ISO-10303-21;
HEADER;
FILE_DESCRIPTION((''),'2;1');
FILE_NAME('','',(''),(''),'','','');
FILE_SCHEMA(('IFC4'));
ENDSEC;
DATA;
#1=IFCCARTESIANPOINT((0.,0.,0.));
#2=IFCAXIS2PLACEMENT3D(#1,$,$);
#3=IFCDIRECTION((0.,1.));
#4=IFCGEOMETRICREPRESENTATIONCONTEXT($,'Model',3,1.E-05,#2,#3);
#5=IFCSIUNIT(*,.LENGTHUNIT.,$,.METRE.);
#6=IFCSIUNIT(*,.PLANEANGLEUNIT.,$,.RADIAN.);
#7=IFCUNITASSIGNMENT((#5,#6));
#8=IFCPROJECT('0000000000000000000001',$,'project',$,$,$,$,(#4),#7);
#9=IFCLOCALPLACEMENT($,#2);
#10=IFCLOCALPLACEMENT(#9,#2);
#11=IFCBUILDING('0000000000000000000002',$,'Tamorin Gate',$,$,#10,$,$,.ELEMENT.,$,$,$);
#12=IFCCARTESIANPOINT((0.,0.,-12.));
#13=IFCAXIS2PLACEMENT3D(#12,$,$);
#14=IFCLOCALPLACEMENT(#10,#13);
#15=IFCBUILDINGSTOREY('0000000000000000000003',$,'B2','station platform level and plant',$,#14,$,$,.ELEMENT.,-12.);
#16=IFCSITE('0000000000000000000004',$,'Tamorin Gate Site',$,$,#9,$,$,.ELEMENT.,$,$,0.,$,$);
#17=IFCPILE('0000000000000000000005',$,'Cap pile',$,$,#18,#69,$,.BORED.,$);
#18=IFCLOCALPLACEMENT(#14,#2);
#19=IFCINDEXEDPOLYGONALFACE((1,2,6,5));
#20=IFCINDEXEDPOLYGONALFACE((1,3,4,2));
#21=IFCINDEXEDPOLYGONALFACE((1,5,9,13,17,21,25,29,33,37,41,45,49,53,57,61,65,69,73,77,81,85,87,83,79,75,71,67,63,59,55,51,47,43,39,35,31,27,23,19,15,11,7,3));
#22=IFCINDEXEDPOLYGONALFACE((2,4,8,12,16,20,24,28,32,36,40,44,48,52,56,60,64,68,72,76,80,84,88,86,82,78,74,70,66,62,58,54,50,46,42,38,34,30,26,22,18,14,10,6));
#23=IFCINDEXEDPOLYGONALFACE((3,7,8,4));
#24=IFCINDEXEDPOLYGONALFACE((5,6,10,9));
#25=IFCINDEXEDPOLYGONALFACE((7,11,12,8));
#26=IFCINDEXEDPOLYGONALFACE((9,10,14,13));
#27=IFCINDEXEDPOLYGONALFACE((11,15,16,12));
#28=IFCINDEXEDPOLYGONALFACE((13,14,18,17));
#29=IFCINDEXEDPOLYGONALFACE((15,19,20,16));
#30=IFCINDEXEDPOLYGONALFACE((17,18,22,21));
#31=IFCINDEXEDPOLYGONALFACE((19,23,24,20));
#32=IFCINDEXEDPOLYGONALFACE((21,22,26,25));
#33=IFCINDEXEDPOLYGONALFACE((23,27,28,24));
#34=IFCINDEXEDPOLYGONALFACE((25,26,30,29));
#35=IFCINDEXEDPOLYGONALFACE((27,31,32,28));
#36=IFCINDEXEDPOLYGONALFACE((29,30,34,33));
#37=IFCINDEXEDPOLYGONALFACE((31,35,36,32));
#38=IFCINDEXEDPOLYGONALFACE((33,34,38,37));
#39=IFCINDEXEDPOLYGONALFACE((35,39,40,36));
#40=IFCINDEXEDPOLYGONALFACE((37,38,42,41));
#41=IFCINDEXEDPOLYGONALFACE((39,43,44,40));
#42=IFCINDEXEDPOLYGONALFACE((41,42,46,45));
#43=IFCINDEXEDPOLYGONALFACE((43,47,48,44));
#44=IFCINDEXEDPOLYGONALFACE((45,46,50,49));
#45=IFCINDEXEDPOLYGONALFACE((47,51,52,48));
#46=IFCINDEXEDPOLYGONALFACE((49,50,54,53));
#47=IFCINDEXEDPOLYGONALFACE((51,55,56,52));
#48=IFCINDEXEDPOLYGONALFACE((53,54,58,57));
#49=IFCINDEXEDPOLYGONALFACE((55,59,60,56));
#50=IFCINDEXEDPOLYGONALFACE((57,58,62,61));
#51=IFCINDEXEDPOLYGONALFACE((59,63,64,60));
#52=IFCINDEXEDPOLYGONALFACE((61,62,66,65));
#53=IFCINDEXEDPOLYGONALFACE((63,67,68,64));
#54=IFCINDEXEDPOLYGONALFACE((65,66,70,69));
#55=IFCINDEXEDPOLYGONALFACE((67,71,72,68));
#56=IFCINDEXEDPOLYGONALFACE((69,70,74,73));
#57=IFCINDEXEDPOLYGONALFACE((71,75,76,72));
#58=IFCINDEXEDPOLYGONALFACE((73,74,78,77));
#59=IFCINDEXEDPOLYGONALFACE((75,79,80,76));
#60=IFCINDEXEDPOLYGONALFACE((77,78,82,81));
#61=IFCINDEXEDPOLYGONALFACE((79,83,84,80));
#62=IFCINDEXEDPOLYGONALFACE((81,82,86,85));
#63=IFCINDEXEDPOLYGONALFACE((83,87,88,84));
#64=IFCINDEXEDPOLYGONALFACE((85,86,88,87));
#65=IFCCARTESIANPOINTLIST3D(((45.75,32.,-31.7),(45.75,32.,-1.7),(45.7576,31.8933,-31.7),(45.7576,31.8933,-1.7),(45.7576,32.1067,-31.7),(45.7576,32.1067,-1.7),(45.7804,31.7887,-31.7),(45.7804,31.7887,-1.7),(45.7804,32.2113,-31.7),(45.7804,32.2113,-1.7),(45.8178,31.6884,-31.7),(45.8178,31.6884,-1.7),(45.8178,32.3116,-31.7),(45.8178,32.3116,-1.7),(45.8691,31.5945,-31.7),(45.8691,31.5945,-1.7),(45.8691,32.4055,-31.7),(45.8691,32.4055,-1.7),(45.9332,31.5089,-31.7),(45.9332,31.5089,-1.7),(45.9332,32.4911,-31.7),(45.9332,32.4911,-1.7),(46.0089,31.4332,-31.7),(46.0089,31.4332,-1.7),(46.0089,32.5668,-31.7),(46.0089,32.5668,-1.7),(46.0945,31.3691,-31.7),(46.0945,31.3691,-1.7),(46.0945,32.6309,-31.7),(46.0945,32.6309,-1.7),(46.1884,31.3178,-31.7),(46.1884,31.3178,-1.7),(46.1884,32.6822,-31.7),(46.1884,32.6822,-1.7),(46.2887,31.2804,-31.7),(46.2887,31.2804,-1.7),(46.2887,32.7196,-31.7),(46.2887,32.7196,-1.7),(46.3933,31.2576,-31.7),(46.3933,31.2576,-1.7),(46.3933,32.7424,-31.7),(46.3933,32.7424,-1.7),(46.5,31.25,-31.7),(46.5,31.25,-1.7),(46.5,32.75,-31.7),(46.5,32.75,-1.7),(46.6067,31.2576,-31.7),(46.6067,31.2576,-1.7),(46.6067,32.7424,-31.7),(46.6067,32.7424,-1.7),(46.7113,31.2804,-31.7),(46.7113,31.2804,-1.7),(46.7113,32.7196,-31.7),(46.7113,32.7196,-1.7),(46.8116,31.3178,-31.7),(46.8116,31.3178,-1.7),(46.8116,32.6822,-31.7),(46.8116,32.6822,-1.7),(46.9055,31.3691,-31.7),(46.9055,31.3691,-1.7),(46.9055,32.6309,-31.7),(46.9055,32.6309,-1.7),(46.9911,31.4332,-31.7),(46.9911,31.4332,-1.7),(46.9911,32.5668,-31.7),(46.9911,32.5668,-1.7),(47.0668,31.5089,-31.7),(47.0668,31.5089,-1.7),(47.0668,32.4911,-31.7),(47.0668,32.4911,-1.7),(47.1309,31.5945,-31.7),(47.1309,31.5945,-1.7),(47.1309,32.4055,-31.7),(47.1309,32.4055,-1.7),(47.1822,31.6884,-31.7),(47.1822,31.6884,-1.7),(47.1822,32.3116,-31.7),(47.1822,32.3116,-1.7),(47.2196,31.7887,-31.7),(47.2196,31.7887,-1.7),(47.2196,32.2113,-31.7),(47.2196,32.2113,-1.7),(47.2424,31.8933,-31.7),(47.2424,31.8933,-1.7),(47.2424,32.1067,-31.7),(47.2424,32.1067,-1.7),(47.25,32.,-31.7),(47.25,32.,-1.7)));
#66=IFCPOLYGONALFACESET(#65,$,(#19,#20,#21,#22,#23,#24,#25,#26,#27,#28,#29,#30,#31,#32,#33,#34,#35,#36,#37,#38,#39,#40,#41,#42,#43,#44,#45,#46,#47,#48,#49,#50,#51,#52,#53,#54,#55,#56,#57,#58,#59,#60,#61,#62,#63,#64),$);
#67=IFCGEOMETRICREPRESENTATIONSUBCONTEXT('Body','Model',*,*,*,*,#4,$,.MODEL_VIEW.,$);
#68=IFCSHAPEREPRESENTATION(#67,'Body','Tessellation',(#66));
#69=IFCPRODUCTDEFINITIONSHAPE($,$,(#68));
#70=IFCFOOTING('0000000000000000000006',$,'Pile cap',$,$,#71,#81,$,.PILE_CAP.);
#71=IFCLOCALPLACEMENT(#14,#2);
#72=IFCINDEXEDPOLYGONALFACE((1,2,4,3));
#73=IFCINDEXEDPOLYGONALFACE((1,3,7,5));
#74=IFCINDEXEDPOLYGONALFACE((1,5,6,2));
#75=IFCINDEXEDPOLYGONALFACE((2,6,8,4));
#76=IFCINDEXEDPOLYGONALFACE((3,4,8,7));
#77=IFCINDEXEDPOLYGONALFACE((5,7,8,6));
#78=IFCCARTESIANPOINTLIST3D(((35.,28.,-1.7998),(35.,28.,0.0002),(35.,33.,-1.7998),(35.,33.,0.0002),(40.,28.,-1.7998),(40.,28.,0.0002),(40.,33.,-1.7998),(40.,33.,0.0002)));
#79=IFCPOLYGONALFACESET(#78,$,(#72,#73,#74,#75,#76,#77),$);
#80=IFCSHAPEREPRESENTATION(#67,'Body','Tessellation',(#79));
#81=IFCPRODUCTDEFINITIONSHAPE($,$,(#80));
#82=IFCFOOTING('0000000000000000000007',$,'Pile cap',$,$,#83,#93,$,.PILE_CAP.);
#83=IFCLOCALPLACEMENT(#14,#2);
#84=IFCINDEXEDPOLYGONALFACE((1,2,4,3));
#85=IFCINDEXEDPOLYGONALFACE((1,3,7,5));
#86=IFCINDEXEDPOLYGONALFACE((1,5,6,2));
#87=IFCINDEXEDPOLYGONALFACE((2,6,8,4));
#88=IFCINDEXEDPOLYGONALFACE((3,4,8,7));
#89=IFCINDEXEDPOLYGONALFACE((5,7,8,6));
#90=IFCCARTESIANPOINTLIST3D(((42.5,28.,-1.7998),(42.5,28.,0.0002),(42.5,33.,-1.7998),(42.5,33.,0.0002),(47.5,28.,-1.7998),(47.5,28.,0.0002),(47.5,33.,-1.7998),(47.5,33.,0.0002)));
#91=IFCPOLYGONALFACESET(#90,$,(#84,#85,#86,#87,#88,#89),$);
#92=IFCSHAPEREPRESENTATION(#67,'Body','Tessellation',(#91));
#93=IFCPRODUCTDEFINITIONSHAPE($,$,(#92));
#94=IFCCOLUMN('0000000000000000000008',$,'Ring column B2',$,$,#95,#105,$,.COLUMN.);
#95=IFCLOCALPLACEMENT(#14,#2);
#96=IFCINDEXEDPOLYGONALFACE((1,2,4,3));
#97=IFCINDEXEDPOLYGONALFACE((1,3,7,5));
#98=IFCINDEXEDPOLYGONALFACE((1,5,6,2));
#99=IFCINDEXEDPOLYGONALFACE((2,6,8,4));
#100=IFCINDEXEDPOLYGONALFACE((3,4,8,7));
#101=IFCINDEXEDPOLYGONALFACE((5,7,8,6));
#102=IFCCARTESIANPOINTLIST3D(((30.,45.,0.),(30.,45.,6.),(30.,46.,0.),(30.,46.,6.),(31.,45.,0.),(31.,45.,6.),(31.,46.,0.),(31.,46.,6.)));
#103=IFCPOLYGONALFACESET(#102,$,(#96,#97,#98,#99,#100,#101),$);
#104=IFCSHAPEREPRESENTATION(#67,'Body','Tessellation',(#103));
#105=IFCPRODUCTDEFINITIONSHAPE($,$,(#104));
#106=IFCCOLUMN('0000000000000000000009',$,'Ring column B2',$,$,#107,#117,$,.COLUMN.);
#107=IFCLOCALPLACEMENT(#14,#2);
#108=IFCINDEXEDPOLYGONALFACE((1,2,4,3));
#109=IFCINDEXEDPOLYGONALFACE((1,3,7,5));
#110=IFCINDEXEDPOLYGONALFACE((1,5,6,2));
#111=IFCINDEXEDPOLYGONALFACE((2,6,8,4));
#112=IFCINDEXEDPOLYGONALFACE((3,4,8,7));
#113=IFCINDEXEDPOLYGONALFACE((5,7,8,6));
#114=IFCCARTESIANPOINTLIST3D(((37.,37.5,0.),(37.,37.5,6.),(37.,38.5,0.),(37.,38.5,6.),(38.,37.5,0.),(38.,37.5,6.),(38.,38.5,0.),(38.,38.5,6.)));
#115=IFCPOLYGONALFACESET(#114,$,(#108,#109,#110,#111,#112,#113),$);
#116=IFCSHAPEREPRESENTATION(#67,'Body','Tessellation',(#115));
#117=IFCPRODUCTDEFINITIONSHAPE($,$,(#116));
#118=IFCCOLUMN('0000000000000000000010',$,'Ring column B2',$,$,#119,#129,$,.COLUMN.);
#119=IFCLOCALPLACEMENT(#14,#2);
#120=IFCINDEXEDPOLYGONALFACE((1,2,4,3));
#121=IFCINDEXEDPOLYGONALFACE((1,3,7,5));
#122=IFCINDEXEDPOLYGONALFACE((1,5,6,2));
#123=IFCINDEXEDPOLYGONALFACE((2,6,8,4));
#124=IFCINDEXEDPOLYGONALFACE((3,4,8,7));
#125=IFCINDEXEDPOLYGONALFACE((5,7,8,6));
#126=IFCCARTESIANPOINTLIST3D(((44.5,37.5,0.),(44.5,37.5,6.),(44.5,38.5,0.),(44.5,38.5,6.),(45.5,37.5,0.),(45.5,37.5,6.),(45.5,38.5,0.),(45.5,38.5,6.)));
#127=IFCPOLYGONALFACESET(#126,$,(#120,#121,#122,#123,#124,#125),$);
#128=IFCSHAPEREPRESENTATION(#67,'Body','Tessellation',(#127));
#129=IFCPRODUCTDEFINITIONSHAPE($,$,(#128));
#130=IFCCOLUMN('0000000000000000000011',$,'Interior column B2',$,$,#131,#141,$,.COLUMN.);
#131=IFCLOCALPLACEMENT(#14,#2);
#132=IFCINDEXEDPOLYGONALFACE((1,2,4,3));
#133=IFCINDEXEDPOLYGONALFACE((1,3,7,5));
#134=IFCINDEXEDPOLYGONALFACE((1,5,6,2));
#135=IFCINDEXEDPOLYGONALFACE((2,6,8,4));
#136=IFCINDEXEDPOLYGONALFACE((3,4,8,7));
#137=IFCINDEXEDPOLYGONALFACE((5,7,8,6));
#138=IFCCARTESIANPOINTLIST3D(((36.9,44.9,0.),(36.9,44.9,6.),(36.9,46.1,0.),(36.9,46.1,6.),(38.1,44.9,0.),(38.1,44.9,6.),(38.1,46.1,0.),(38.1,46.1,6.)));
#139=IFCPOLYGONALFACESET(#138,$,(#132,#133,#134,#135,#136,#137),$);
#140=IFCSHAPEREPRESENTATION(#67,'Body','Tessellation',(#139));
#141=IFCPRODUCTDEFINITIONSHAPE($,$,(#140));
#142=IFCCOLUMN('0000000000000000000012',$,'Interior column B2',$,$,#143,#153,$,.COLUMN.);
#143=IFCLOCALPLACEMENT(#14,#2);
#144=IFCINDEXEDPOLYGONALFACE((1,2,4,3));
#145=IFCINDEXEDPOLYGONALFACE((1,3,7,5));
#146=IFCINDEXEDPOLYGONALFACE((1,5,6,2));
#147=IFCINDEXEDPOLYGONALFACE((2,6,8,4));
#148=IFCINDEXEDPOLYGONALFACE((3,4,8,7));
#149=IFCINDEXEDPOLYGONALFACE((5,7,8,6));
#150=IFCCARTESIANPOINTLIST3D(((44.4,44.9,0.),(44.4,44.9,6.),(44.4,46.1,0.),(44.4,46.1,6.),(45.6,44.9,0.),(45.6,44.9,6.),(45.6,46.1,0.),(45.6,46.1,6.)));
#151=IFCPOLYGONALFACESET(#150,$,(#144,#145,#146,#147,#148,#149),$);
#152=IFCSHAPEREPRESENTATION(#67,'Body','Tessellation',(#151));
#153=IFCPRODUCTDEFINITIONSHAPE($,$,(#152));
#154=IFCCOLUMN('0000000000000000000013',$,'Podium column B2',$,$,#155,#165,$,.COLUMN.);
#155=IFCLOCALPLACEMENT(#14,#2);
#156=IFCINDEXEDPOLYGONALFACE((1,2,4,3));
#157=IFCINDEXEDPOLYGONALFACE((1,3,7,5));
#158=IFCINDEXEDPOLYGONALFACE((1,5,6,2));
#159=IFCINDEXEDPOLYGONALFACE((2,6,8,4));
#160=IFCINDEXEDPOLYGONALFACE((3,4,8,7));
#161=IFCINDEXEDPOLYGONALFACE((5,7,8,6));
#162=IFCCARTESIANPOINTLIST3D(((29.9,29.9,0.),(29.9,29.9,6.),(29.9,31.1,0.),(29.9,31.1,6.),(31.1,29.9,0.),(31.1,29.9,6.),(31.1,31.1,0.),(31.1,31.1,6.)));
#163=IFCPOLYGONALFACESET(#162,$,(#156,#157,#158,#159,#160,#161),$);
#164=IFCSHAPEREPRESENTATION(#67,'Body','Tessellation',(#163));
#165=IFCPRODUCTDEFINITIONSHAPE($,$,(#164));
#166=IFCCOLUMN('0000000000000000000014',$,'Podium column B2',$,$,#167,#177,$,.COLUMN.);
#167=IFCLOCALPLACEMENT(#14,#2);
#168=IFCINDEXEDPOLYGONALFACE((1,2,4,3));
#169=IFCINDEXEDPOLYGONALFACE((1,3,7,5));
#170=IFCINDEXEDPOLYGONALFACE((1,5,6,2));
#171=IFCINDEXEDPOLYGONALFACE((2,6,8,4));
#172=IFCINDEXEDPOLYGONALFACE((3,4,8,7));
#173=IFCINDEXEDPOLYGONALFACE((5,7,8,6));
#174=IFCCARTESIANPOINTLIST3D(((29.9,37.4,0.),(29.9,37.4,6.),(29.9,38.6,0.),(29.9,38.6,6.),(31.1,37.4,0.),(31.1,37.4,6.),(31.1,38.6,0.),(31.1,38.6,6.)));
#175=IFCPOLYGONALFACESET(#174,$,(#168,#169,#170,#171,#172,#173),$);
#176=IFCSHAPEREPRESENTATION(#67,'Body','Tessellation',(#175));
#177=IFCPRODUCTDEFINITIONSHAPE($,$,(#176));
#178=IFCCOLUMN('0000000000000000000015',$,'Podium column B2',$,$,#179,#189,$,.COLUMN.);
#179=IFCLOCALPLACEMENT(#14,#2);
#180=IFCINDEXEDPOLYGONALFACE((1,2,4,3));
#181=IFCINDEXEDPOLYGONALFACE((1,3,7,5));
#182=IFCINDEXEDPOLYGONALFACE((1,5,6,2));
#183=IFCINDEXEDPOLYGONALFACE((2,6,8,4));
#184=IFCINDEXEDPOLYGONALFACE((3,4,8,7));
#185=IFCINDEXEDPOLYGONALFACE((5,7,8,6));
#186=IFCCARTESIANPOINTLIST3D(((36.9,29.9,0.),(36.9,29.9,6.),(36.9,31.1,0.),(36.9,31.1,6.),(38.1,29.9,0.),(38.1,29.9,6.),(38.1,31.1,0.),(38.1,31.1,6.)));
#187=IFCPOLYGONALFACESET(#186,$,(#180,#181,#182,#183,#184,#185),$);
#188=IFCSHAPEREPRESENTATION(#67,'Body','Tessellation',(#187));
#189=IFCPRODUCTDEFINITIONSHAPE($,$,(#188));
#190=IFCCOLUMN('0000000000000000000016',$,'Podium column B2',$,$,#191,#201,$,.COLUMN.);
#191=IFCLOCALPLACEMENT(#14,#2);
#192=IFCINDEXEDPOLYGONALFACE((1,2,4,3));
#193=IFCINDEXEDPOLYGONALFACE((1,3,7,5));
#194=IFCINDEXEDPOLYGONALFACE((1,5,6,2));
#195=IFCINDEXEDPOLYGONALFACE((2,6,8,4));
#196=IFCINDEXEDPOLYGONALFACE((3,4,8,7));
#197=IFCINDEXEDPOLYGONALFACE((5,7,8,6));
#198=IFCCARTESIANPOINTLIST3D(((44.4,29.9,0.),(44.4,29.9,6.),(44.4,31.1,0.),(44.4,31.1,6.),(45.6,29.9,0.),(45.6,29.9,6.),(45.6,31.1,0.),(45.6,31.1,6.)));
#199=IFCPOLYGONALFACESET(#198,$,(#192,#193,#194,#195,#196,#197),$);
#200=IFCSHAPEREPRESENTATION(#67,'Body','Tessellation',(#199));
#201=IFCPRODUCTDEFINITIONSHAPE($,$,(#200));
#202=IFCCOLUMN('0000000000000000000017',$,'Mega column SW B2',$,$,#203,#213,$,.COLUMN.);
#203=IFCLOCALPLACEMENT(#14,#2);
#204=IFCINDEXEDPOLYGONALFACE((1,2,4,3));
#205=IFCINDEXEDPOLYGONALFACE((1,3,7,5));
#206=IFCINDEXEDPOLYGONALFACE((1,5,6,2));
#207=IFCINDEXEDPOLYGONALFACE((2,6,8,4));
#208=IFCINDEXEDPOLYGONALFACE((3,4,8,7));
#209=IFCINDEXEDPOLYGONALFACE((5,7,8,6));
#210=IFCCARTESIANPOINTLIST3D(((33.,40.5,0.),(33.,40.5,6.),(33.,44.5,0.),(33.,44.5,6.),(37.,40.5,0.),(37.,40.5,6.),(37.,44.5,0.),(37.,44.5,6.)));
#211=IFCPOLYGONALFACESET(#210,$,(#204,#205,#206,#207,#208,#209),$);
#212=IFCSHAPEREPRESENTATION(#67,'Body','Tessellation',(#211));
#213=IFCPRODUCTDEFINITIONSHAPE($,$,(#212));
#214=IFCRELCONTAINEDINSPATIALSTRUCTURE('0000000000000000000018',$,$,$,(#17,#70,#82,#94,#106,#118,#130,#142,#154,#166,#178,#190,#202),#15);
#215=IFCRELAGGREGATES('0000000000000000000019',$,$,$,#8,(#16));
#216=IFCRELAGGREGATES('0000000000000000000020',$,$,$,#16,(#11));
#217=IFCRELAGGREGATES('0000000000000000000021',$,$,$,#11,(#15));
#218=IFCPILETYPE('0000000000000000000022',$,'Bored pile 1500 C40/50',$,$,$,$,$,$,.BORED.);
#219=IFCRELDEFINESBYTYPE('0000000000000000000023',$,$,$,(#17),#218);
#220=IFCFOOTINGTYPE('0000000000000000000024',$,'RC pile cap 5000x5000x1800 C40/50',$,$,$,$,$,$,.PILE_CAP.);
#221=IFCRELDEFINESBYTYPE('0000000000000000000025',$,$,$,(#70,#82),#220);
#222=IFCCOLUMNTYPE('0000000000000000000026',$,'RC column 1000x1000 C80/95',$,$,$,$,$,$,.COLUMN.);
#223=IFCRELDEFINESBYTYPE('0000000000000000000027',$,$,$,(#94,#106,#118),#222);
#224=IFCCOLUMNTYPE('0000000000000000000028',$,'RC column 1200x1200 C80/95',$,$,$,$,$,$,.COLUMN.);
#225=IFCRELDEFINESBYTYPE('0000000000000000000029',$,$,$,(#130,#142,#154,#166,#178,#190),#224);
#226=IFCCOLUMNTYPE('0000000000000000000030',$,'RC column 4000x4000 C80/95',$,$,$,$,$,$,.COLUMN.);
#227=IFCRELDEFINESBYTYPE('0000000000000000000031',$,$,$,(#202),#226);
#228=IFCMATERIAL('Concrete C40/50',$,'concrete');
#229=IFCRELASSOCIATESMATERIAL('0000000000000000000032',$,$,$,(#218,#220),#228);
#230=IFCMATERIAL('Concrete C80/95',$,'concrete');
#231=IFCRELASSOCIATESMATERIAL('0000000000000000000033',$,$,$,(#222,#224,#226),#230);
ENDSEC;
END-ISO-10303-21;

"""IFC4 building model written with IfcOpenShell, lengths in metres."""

from ifc_helpers import new_model, si_unit, direction, frame, origin, origin_2d, place, context, subcontext, project, spatial, rectangle, circle, extrude, material, material_profile, profile_set, type_object, element, save


model = new_model("IFC4")

# Units and contexts
model_context = context("Model", 3, precision=1e-05, world=origin(), true_north=direction((0.0, 1.0)))
body_context = subcontext(model_context, "Body", "Model", "MODEL_VIEW")
ifc_project = project(units=[si_unit("LENGTHUNIT", "METRE"), si_unit("PLANEANGLEUNIT", "RADIAN")], contexts=[model_context])

# Site, building, storey
site_placement = place(None, origin())
site = spatial("IfcSite", under=ifc_project, at=site_placement, Name="Tamorin Gate Site", CompositionType="ELEMENT", RefElevation=0.0)
building_placement = place(site_placement, origin())
building = spatial("IfcBuilding", under=site, at=building_placement, Name="Tamorin Gate", CompositionType="ELEMENT")
storey_placement = place(building_placement, frame((0.0, 0.0, -12.0)))
storey = spatial("IfcBuildingStorey", under=building, at=storey_placement, Name="B2", Description="station platform level and plant", CompositionType="ELEMENT", Elevation=-12.0)

# Pile
ifc_material_1 = material(Name="Concrete C40/50", Category="concrete")
ifc_material_profile_1 = material_profile(ifc_material_1, circle(Radius=0.75, at=origin_2d()))
ifc_profile_set_1 = profile_set([ifc_material_profile_1], Name="Concrete C40/50")
pile_type = type_object("IfcPileType", Name="Bored pile 1500 C40/50", PredefinedType="BORED", material=ifc_profile_set_1)
for number, where, z_axis, x_axis, name in (
    (1, (46.5, 32.0, -1.7), (0.0, 0.0, -1.0), (1.0, 0.0, 0.0), "Cap pile"),
):
    element("IfcPile", number, at=place(storey_placement, frame(where, z_axis=z_axis, x_axis=x_axis)), inside=storey, type_object=pile_type, Name=name, PredefinedType="BORED", context=body_context, shape_type="SweptSolid", body=[
        extrude(circle(Radius=0.75, at=origin_2d()), origin(), (0.0, 0.0, 1.0), 30.0),
    ])

# Footings
footing_type = type_object("IfcFootingType", Name="RC pile cap 5000x5000x1800 C40/50", PredefinedType="PILE_CAP", material=ifc_material_1)
for number, where, z_axis, x_axis, name in (
    (2, (37.5, 30.5, -1.7998), (0.0, 0.0, 1.0), (1.0, 0.0, 0.0), "Pile cap"),
    (3, (45.0, 30.5, -1.7998), (0.0, 0.0, 1.0), (1.0, 0.0, 0.0), "Pile cap"),
):
    element("IfcFooting", number, at=place(storey_placement, frame(where, z_axis=z_axis, x_axis=x_axis)), inside=storey, type_object=footing_type, Name=name, PredefinedType="PILE_CAP", context=body_context, shape_type="SweptSolid", body=[
        extrude(rectangle(XDim=5.0, YDim=5.0, at=origin_2d()), origin(), (0.0, 0.0, 1.0), 1.8),
    ])

# Columns
ifc_material_2 = material(Name="Concrete C80/95", Category="concrete")
ifc_material_profile_2 = material_profile(ifc_material_2, rectangle(XDim=1.0, YDim=1.0, at=origin_2d()), Name="RC 1000x1000")
ifc_profile_set_2 = profile_set([ifc_material_profile_2], Name="Concrete C80/95")
column_type_1 = type_object("IfcColumnType", Name="RC column 1000x1000 C80/95", PredefinedType="COLUMN", material=ifc_profile_set_2)
for number, where, z_axis, x_axis, name in (
    (4, (30.5, 45.5, 0.0), (0.0, 0.0, 1.0), (1.0, 0.0, 0.0), "Ring column B2"),
    (5, (37.5, 38.0, 0.0), (0.0, 0.0, 1.0), (1.0, 0.0, 0.0), "Ring column B2"),
    (6, (45.0, 38.0, 0.0), (0.0, 0.0, 1.0), (1.0, 0.0, 0.0), "Ring column B2"),
):
    element("IfcColumn", number, at=place(storey_placement, frame(where, z_axis=z_axis, x_axis=x_axis)), inside=storey, type_object=column_type_1, Name=name, PredefinedType="COLUMN", context=body_context, shape_type="SweptSolid", body=[
        extrude(rectangle(XDim=1.0, YDim=1.0, at=origin_2d()), origin(), (0.0, 0.0, 1.0), 6.0),
    ])
ifc_material_profile_3 = material_profile(ifc_material_2, rectangle(XDim=1.2, YDim=1.2, at=origin_2d()), Name="RC 1200x1200")
ifc_profile_set_3 = profile_set([ifc_material_profile_3], Name="Concrete C80/95")
column_type_2 = type_object("IfcColumnType", Name="RC column 1200x1200 C80/95", PredefinedType="COLUMN", material=ifc_profile_set_3)
for number, where, z_axis, x_axis, name in (
    (7, (37.5, 45.5, 0.0), (0.0, 0.0, 1.0), (1.0, 0.0, 0.0), "Interior column B2"),
    (8, (45.0, 45.5, 0.0), (0.0, 0.0, 1.0), (1.0, 0.0, 0.0), "Interior column B2"),
    (9, (30.5, 30.5, 0.0), (0.0, 0.0, 1.0), (1.0, 0.0, 0.0), "Podium column B2"),
    (10, (30.5, 38.0, 0.0), (0.0, 0.0, 1.0), (1.0, 0.0, 0.0), "Podium column B2"),
    (11, (37.5, 30.5, 0.0), (0.0, 0.0, 1.0), (1.0, 0.0, 0.0), "Podium column B2"),
    (12, (45.0, 30.5, 0.0), (0.0, 0.0, 1.0), (1.0, 0.0, 0.0), "Podium column B2"),
):
    element("IfcColumn", number, at=place(storey_placement, frame(where, z_axis=z_axis, x_axis=x_axis)), inside=storey, type_object=column_type_2, Name=name, PredefinedType="COLUMN", context=body_context, shape_type="SweptSolid", body=[
        extrude(rectangle(XDim=1.2, YDim=1.2, at=origin_2d()), origin(), (0.0, 0.0, 1.0), 6.0),
    ])
ifc_material_profile_4 = material_profile(ifc_material_2, rectangle(XDim=4.0, YDim=4.0, at=origin_2d()), Name="RC 4000x4000")
ifc_profile_set_4 = profile_set([ifc_material_profile_4], Name="Concrete C80/95")
column_type_3 = type_object("IfcColumnType", Name="RC column 4000x4000 C80/95", PredefinedType="COLUMN", material=ifc_profile_set_4)
column_placement = place(storey_placement, frame((35.0, 42.5, 0.0), z_axis=(0.0, 0.0, 1.0), x_axis=(1.0, 0.0, 0.0)))
element("IfcColumn", 13, at=column_placement, inside=storey, type_object=column_type_3, Name="Mega column SW B2", PredefinedType="COLUMN", context=body_context, shape_type="SweptSolid", body=[
    extrude(rectangle(XDim=4.0, YDim=4.0, at=origin_2d()), origin(), (0.0, 0.0, 1.0), 6.0),
])

save(model, "model.ifc")
